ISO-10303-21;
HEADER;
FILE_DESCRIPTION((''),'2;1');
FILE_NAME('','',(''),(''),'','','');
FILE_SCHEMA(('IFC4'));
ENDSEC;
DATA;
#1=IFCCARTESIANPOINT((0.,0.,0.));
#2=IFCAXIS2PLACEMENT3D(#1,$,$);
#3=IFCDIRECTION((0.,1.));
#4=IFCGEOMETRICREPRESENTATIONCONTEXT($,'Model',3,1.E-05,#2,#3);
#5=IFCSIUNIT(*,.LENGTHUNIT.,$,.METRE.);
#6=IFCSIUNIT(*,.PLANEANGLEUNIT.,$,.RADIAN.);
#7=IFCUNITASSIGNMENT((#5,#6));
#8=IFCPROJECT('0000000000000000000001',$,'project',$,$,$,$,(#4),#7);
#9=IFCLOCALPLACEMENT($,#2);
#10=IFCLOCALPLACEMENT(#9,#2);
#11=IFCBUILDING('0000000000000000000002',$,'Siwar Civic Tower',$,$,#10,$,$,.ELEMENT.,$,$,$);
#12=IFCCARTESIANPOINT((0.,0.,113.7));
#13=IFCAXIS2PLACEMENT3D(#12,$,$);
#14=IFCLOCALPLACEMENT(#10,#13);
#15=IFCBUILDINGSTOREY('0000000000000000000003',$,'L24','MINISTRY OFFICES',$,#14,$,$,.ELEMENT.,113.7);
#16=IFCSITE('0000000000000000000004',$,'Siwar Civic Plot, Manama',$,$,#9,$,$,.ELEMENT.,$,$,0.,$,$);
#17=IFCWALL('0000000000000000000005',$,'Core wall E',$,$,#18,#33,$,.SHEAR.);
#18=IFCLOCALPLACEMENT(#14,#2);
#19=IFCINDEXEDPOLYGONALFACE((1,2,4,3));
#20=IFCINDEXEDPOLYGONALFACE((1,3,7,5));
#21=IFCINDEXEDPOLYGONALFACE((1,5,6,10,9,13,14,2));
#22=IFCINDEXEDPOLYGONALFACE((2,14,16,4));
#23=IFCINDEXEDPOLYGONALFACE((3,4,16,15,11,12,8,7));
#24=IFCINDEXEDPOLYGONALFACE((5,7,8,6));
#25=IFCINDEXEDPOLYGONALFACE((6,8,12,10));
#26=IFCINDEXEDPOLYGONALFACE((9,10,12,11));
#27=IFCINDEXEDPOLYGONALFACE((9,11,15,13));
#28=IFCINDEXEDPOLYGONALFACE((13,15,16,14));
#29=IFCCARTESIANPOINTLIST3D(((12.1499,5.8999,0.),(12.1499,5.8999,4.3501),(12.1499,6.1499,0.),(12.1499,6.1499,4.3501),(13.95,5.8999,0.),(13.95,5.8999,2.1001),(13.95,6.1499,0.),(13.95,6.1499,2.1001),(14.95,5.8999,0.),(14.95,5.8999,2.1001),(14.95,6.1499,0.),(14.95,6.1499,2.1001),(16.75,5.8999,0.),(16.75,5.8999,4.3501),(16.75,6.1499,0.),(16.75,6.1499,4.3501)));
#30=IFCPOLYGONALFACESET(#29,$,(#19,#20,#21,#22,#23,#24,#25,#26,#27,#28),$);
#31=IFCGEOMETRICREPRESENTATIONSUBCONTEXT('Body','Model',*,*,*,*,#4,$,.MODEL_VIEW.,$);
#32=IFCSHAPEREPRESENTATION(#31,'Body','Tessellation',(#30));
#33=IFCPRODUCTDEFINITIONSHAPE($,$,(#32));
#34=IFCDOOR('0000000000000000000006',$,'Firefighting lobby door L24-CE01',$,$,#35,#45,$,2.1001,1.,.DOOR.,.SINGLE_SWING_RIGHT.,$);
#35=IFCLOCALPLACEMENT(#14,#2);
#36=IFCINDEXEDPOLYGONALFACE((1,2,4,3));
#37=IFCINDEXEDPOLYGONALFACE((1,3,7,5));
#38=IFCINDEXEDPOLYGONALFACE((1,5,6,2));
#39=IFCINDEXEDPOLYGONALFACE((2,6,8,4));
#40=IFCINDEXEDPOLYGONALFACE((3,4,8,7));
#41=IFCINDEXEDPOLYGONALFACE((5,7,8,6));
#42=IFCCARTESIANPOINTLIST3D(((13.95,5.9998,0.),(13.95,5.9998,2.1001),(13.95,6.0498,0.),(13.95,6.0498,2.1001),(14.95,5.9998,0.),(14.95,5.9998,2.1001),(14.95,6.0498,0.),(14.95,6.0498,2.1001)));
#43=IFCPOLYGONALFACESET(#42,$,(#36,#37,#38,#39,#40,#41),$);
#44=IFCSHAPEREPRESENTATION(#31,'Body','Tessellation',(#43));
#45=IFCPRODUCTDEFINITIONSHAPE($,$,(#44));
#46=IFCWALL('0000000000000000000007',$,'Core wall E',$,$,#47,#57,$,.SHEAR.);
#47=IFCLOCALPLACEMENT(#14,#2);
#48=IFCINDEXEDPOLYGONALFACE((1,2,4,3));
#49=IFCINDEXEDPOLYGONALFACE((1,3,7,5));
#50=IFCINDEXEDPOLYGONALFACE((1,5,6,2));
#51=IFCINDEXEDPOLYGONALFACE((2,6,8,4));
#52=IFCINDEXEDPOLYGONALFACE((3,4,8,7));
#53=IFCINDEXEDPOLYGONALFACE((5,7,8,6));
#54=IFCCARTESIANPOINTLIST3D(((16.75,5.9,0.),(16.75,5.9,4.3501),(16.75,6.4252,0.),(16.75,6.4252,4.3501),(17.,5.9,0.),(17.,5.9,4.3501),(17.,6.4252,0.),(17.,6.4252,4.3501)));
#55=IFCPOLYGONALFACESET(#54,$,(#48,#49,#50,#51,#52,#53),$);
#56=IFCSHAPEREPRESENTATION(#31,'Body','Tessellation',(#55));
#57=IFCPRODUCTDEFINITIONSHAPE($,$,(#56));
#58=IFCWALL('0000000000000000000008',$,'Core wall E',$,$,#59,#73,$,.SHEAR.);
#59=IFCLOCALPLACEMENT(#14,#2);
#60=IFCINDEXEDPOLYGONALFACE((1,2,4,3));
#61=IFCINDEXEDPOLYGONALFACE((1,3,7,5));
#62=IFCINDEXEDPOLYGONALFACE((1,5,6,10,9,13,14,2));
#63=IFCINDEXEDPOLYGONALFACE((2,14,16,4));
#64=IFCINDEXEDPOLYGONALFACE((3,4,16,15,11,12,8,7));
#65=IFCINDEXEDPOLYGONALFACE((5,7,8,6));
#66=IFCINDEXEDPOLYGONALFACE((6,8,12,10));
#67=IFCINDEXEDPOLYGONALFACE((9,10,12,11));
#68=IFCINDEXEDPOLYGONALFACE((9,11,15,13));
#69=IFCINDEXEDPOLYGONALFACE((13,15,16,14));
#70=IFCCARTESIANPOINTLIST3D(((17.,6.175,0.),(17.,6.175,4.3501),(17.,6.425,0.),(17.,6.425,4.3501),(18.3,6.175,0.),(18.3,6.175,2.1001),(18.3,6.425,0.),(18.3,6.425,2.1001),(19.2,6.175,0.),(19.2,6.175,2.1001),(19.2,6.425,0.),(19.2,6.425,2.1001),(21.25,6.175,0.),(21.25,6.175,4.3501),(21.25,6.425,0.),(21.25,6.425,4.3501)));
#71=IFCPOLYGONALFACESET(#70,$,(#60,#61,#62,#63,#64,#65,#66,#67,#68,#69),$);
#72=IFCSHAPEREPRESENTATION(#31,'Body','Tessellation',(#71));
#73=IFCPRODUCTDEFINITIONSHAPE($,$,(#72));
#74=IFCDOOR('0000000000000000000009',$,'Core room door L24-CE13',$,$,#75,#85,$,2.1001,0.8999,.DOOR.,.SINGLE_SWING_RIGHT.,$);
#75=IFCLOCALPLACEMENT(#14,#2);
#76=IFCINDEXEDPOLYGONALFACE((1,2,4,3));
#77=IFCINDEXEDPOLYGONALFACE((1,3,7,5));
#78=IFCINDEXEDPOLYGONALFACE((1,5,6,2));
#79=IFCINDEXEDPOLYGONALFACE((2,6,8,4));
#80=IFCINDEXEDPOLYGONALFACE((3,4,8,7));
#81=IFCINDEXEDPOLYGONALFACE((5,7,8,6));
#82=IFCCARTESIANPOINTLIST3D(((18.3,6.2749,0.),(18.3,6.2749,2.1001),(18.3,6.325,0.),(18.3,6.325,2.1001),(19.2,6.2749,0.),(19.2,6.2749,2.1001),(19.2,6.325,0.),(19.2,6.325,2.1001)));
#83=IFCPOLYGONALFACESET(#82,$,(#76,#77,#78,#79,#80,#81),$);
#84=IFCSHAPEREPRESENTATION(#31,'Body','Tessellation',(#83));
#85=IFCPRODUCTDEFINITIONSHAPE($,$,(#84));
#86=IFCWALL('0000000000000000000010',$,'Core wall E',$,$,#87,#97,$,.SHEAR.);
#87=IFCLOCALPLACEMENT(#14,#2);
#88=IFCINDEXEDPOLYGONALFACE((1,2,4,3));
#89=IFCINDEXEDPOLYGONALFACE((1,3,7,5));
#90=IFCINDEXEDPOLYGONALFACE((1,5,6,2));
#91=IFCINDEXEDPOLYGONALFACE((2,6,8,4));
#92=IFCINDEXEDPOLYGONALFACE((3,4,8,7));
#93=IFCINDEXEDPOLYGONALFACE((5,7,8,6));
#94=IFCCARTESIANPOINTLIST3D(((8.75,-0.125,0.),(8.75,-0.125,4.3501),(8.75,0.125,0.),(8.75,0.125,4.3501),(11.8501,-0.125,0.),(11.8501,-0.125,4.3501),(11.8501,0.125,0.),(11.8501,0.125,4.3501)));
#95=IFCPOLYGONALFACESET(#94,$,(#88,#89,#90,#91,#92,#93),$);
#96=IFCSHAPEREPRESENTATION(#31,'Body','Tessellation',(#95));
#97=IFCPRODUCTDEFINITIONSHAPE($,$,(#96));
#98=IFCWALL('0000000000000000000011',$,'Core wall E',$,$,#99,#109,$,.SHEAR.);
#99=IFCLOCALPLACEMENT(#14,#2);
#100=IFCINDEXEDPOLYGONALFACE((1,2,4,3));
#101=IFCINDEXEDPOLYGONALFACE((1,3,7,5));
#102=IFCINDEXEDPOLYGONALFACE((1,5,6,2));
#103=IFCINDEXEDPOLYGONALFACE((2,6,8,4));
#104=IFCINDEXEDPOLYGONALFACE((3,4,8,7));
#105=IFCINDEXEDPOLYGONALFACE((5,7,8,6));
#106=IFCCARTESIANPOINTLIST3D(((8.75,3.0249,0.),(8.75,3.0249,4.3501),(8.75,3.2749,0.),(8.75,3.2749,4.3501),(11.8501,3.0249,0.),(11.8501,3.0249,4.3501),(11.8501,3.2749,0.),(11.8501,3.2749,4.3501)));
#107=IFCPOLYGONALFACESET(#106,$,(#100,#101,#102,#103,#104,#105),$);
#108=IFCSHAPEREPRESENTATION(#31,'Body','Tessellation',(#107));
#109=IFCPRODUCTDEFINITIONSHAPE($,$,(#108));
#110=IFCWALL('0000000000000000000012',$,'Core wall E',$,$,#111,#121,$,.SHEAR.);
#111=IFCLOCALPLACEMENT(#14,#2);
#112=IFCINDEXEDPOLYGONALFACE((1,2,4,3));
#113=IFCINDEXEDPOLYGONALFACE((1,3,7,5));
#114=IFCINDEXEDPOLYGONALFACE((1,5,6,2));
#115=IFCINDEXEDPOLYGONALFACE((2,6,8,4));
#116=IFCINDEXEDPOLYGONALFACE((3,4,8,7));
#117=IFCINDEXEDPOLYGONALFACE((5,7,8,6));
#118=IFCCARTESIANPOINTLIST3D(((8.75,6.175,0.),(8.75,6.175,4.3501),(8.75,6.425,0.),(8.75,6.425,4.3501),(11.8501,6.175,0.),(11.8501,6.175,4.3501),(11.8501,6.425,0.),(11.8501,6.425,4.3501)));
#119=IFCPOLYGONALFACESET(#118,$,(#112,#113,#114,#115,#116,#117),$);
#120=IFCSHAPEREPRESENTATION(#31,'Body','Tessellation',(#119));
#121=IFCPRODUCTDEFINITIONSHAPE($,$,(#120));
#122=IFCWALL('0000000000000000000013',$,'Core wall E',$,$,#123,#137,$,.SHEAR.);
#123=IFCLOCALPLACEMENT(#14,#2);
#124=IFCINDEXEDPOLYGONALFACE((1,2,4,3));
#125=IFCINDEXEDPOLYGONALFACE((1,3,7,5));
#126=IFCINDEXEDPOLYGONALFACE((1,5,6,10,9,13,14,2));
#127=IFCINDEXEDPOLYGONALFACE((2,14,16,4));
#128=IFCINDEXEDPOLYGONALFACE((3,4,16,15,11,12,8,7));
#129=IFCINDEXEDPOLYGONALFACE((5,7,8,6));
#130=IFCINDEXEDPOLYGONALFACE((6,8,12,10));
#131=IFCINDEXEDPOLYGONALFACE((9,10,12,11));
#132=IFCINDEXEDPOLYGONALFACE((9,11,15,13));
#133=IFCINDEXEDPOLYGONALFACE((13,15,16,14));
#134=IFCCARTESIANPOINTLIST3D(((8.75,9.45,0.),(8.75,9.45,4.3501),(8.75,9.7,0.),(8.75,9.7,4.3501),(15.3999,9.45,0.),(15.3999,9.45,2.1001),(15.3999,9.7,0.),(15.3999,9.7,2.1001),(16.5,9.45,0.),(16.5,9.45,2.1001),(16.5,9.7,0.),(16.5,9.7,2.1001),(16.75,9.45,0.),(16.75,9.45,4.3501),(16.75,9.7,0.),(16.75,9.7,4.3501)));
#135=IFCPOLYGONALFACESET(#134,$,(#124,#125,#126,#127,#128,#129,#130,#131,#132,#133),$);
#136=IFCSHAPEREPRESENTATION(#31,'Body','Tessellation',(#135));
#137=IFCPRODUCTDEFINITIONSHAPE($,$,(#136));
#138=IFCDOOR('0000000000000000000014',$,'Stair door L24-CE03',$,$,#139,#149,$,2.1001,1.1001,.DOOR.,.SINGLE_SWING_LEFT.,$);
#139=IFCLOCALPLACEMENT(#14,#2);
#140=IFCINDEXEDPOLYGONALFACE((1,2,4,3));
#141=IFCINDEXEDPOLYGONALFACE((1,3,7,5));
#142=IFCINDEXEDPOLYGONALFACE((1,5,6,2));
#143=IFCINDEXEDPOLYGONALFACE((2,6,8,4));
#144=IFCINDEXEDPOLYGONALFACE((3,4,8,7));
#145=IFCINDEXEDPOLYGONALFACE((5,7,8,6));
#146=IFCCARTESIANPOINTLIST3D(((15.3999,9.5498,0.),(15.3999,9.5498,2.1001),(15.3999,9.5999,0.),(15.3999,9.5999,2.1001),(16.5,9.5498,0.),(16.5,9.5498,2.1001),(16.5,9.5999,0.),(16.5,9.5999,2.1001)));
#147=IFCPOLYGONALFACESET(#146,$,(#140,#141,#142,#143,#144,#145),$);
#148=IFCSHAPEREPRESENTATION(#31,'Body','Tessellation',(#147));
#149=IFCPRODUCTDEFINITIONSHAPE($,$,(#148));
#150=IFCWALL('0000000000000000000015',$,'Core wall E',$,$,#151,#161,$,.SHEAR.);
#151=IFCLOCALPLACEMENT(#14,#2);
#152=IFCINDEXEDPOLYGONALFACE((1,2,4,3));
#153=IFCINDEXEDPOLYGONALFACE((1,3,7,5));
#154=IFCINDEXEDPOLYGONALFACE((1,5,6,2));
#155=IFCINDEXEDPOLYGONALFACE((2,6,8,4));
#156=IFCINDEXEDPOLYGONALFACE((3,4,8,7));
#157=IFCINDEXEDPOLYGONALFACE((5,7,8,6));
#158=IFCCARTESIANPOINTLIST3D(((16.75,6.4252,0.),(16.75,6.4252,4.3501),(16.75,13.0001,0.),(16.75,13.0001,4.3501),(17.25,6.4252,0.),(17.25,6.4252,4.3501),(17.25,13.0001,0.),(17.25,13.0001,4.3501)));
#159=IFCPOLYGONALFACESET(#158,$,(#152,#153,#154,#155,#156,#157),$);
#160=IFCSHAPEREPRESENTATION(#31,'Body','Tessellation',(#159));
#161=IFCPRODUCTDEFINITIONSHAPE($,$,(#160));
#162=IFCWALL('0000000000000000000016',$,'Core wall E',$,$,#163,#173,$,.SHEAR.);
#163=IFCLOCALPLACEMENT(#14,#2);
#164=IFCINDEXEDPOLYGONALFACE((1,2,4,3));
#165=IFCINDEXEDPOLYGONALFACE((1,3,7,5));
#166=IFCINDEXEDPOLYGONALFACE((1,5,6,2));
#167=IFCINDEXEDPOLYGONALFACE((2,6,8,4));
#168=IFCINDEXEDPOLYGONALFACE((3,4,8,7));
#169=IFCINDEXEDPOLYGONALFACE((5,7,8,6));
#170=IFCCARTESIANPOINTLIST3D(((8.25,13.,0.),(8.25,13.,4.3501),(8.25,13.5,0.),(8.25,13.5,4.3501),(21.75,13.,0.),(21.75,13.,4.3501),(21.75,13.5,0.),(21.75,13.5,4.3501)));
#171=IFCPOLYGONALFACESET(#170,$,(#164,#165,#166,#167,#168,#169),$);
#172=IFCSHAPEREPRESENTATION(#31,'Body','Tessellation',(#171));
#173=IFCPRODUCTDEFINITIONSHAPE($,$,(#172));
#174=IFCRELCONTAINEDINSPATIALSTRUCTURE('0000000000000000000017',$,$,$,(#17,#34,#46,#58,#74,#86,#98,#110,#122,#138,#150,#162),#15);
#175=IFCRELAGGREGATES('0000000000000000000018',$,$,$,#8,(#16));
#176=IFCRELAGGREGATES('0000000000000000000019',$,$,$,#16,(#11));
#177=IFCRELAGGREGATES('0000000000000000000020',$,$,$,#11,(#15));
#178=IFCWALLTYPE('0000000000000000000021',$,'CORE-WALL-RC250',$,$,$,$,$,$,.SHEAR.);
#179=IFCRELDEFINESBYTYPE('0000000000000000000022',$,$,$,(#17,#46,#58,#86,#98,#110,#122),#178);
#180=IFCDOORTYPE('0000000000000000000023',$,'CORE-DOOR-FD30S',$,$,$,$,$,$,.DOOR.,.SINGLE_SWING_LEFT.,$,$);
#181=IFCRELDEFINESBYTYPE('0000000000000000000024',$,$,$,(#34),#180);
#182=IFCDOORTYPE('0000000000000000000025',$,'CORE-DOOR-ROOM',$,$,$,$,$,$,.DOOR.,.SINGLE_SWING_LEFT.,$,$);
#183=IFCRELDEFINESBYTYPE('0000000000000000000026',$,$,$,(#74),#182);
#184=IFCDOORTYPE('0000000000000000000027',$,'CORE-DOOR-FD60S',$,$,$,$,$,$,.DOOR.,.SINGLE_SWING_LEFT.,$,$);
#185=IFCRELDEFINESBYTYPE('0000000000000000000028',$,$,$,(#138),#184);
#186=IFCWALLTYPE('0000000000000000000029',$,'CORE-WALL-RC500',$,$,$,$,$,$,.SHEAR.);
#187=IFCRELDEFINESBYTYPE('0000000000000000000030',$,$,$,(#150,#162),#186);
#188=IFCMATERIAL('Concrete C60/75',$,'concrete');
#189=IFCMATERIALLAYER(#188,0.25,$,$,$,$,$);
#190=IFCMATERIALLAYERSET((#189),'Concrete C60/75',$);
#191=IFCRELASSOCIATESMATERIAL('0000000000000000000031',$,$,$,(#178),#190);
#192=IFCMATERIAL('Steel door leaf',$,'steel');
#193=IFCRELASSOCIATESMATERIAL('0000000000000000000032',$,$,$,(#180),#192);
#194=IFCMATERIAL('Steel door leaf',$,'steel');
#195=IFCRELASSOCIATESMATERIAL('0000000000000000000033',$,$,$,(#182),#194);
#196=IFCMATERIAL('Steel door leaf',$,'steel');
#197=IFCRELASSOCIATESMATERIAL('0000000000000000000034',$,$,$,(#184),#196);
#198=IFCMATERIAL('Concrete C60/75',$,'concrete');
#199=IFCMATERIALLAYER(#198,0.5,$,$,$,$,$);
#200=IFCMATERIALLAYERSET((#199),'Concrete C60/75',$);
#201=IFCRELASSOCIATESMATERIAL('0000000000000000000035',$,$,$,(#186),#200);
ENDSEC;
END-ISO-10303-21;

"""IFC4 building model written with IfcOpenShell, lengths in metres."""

from ifc_helpers import new_model, si_unit, direction, frame, frame_2d, origin, place, context, subcontext, project, spatial, rectangle, extrude, material, layer, layer_set, type_object, element, fill, save


model = new_model("IFC4")

# Units and contexts
model_context = context("Model", 3, precision=1e-05, world=origin(), true_north=direction((0.0, 1.0)))
body_context = subcontext(model_context, "Body", "Model", "MODEL_VIEW")
ifc_project = project(units=[si_unit("LENGTHUNIT", "METRE"), si_unit("PLANEANGLEUNIT", "RADIAN")], contexts=[model_context])

# Site, building, storey
site_placement = place(None, origin())
site = spatial("IfcSite", under=ifc_project, at=site_placement, Name="Siwar Civic Plot, Manama", CompositionType="ELEMENT", RefElevation=0.0)
building_placement = place(site_placement, origin())
building = spatial("IfcBuilding", under=site, at=building_placement, Name="Siwar Civic Tower", CompositionType="ELEMENT")
storey_placement = place(building_placement, frame((0.0, 0.0, 113.7)))
storey = spatial("IfcBuildingStorey", under=building, at=storey_placement, Name="L24", Description="MINISTRY OFFICES", CompositionType="ELEMENT", Elevation=113.7)

# Wall, opening, door
ifc_material_1 = material(Name="Concrete C60/75", Category="concrete")
ifc_layer_1 = layer(ifc_material_1, 0.25)
ifc_layer_set_1 = layer_set([ifc_layer_1], Name="Concrete C60/75")
wall_type_1 = type_object("IfcWallType", Name="CORE-WALL-RC250", PredefinedType="SHEAR", material=ifc_layer_set_1)
wall_1_placement = place(storey_placement, frame((12.1499, 6.0249, 0.0), z_axis=(0.0, 0.0, 1.0), x_axis=(1.0, 0.0, 0.0)))
wall_1 = element("IfcWall", 1, at=wall_1_placement, inside=storey, type_object=wall_type_1, Name="Core wall E", PredefinedType="SHEAR", context=body_context, shape_type="SweptSolid", body=[
    extrude(rectangle(XDim=4.6001, YDim=0.25, at=frame_2d((2.3, 0.0))), origin(), (0.0, 0.0, 1.0), 4.3501),
])
opening_1_placement = place(wall_1_placement, frame((1.8, 0.0, 0.0)))
opening_1 = element("IfcOpeningElement", 2, at=opening_1_placement, cuts=wall_1, PredefinedType="OPENING", context=body_context, shape_type="SweptSolid", body=[
    extrude(rectangle(XDim=1.0, YDim=2.1001, at=frame_2d((0.5, 1.05))), frame((0.0, 0.135, 0.0), z_axis=(0.0, -1.0, 0.0), x_axis=(1.0, 0.0, 0.0)), (0.0, 0.0, 1.0), 0.27),
])
ifc_material_2 = material(Name="Steel door leaf", Category="steel")
door_type_1 = type_object("IfcDoorType", Name="CORE-DOOR-FD30S", OperationType="SINGLE_SWING_LEFT", PredefinedType="DOOR", material=ifc_material_2)
door_1_placement = place(opening_1_placement, origin())
door_1 = element("IfcDoor", 3, at=door_1_placement, inside=storey, type_object=door_type_1, Name="Firefighting lobby door L24-CE01", OperationType="SINGLE_SWING_RIGHT", OverallHeight=2.1001, OverallWidth=1.0, PredefinedType="DOOR", context=body_context, shape_type="SweptSolid", body=[
    extrude(rectangle(XDim=1.0, YDim=2.1001, at=frame_2d((0.5, 1.05))), frame((0.0, 0.0249, 0.0), z_axis=(0.0, -1.0, 0.0), x_axis=(1.0, 0.0, 0.0)), (0.0, 0.0, 1.0), 0.05),
])
fill(opening_1, door_1)

# Wall
wall_2_placement = place(storey_placement, frame((16.875, 5.8999, 0.0), z_axis=(0.0, 0.0, 1.0), x_axis=(0.0, 1.0, 0.0)))
element("IfcWall", 4, at=wall_2_placement, inside=storey, type_object=wall_type_1, Name="Core wall E", PredefinedType="SHEAR", context=body_context, shape_type="SweptSolid", body=[
    extrude(rectangle(XDim=0.5251, YDim=0.25, at=frame_2d((0.2627, 0.0))), origin(), (0.0, 0.0, 1.0), 4.3501),
])

# Wall, opening, door
wall_3_placement = place(storey_placement, frame((17.0, 6.3, 0.0), z_axis=(0.0, 0.0, 1.0), x_axis=(1.0, 0.0, 0.0)))
wall_3 = element("IfcWall", 5, at=wall_3_placement, inside=storey, type_object=wall_type_1, Name="Core wall E", PredefinedType="SHEAR", context=body_context, shape_type="SweptSolid", body=[
    extrude(rectangle(XDim=4.25, YDim=0.25, at=frame_2d((2.125, 0.0))), origin(), (0.0, 0.0, 1.0), 4.3501),
])
opening_2_placement = place(wall_3_placement, frame((1.3, 0.0, 0.0)))
opening_2 = element("IfcOpeningElement", 6, at=opening_2_placement, cuts=wall_3, PredefinedType="OPENING", context=body_context, shape_type="SweptSolid", body=[
    extrude(rectangle(XDim=0.8999, YDim=2.1001, at=frame_2d((0.45, 1.05))), frame((0.0, 0.135, 0.0), z_axis=(0.0, -1.0, 0.0), x_axis=(1.0, 0.0, 0.0)), (0.0, 0.0, 1.0), 0.27),
])
ifc_material_3 = material(Name="Steel door leaf", Category="steel")
door_type_2 = type_object("IfcDoorType", Name="CORE-DOOR-ROOM", OperationType="SINGLE_SWING_LEFT", PredefinedType="DOOR", material=ifc_material_3)
door_2_placement = place(opening_2_placement, origin())
door_2 = element("IfcDoor", 7, at=door_2_placement, inside=storey, type_object=door_type_2, Name="Core room door L24-CE13", OperationType="SINGLE_SWING_RIGHT", OverallHeight=2.1001, OverallWidth=0.8999, PredefinedType="DOOR", context=body_context, shape_type="SweptSolid", body=[
    extrude(rectangle(XDim=0.8999, YDim=2.1001, at=frame_2d((0.45, 1.05))), frame((0.0, 0.0249, 0.0), z_axis=(0.0, -1.0, 0.0), x_axis=(1.0, 0.0, 0.0)), (0.0, 0.0, 1.0), 0.05),
])
fill(opening_2, door_2)

# Walls
for number, where, z_axis, x_axis, name in (
    (8, (8.75, 0.0, 0.0), (0.0, 0.0, 1.0), (1.0, 0.0, 0.0), "Core wall E"),
    (9, (8.75, 3.1499, 0.0), (0.0, 0.0, 1.0), (1.0, 0.0, 0.0), "Core wall E"),
    (10, (8.75, 6.3, 0.0), (0.0, 0.0, 1.0), (1.0, 0.0, 0.0), "Core wall E"),
):
    element("IfcWall", number, at=place(storey_placement, frame(where, z_axis=z_axis, x_axis=x_axis)), inside=storey, type_object=wall_type_1, Name=name, PredefinedType="SHEAR", context=body_context, shape_type="SweptSolid", body=[
        extrude(rectangle(XDim=3.1001, YDim=0.25, at=frame_2d((1.55, 0.0))), origin(), (0.0, 0.0, 1.0), 4.3501),
    ])

# Wall, opening, door
wall_4_placement = place(storey_placement, frame((8.75, 9.575, 0.0), z_axis=(0.0, 0.0, 1.0), x_axis=(1.0, 0.0, 0.0)))
wall_4 = element("IfcWall", 11, at=wall_4_placement, inside=storey, type_object=wall_type_1, Name="Core wall E", PredefinedType="SHEAR", context=body_context, shape_type="SweptSolid", body=[
    extrude(rectangle(XDim=8.0, YDim=0.25, at=frame_2d((4.0, 0.0))), origin(), (0.0, 0.0, 1.0), 4.3501),
])
opening_3_placement = place(wall_4_placement, frame((6.6499, 0.0, 0.0)))
opening_3 = element("IfcOpeningElement", 12, at=opening_3_placement, cuts=wall_4, PredefinedType="OPENING", context=body_context, shape_type="SweptSolid", body=[
    extrude(rectangle(XDim=1.1001, YDim=2.1001, at=frame_2d((0.55, 1.05))), frame((0.0, 0.135, 0.0), z_axis=(0.0, -1.0, 0.0), x_axis=(1.0, 0.0, 0.0)), (0.0, 0.0, 1.0), 0.27),
])
ifc_material_4 = material(Name="Steel door leaf", Category="steel")
door_type_3 = type_object("IfcDoorType", Name="CORE-DOOR-FD60S", OperationType="SINGLE_SWING_LEFT", PredefinedType="DOOR", material=ifc_material_4)
door_3_placement = place(opening_3_placement, origin())
door_3 = element("IfcDoor", 13, at=door_3_placement, inside=storey, type_object=door_type_3, Name="Stair door L24-CE03", OperationType="SINGLE_SWING_LEFT", OverallHeight=2.1001, OverallWidth=1.1001, PredefinedType="DOOR", context=body_context, shape_type="SweptSolid", body=[
    extrude(rectangle(XDim=1.1001, YDim=2.1001, at=frame_2d((0.55, 1.05))), frame((0.0, 0.0249, 0.0), z_axis=(0.0, -1.0, 0.0), x_axis=(1.0, 0.0, 0.0)), (0.0, 0.0, 1.0), 0.05),
])
fill(opening_3, door_3)

# Walls
ifc_material_5 = material(Name="Concrete C60/75", Category="concrete")
ifc_layer_2 = layer(ifc_material_5, 0.5)
ifc_layer_set_2 = layer_set([ifc_layer_2], Name="Concrete C60/75")
wall_type_2 = type_object("IfcWallType", Name="CORE-WALL-RC500", PredefinedType="SHEAR", material=ifc_layer_set_2)
wall_5_placement = place(storey_placement, frame((17.0, 6.425, 0.0), z_axis=(0.0, 0.0, 1.0), x_axis=(0.0, 1.0, 0.0)))
element("IfcWall", 14, at=wall_5_placement, inside=storey, type_object=wall_type_2, Name="Core wall E", PredefinedType="SHEAR", context=body_context, shape_type="SweptSolid", body=[
    extrude(rectangle(XDim=6.575, YDim=0.5, at=frame_2d((3.2876, 0.0))), origin(), (0.0, 0.0, 1.0), 4.3501),
])
wall_6_placement = place(storey_placement, frame((8.25, 13.25, 0.0), z_axis=(0.0, 0.0, 1.0), x_axis=(1.0, 0.0, 0.0)))
element("IfcWall", 15, at=wall_6_placement, inside=storey, type_object=wall_type_2, Name="Core wall E", PredefinedType="SHEAR", context=body_context, shape_type="SweptSolid", body=[
    extrude(rectangle(XDim=13.5, YDim=0.5, at=frame_2d((6.75, 0.0))), origin(), (0.0, 0.0, 1.0), 4.3501),
])

save(model, "model.ifc")
